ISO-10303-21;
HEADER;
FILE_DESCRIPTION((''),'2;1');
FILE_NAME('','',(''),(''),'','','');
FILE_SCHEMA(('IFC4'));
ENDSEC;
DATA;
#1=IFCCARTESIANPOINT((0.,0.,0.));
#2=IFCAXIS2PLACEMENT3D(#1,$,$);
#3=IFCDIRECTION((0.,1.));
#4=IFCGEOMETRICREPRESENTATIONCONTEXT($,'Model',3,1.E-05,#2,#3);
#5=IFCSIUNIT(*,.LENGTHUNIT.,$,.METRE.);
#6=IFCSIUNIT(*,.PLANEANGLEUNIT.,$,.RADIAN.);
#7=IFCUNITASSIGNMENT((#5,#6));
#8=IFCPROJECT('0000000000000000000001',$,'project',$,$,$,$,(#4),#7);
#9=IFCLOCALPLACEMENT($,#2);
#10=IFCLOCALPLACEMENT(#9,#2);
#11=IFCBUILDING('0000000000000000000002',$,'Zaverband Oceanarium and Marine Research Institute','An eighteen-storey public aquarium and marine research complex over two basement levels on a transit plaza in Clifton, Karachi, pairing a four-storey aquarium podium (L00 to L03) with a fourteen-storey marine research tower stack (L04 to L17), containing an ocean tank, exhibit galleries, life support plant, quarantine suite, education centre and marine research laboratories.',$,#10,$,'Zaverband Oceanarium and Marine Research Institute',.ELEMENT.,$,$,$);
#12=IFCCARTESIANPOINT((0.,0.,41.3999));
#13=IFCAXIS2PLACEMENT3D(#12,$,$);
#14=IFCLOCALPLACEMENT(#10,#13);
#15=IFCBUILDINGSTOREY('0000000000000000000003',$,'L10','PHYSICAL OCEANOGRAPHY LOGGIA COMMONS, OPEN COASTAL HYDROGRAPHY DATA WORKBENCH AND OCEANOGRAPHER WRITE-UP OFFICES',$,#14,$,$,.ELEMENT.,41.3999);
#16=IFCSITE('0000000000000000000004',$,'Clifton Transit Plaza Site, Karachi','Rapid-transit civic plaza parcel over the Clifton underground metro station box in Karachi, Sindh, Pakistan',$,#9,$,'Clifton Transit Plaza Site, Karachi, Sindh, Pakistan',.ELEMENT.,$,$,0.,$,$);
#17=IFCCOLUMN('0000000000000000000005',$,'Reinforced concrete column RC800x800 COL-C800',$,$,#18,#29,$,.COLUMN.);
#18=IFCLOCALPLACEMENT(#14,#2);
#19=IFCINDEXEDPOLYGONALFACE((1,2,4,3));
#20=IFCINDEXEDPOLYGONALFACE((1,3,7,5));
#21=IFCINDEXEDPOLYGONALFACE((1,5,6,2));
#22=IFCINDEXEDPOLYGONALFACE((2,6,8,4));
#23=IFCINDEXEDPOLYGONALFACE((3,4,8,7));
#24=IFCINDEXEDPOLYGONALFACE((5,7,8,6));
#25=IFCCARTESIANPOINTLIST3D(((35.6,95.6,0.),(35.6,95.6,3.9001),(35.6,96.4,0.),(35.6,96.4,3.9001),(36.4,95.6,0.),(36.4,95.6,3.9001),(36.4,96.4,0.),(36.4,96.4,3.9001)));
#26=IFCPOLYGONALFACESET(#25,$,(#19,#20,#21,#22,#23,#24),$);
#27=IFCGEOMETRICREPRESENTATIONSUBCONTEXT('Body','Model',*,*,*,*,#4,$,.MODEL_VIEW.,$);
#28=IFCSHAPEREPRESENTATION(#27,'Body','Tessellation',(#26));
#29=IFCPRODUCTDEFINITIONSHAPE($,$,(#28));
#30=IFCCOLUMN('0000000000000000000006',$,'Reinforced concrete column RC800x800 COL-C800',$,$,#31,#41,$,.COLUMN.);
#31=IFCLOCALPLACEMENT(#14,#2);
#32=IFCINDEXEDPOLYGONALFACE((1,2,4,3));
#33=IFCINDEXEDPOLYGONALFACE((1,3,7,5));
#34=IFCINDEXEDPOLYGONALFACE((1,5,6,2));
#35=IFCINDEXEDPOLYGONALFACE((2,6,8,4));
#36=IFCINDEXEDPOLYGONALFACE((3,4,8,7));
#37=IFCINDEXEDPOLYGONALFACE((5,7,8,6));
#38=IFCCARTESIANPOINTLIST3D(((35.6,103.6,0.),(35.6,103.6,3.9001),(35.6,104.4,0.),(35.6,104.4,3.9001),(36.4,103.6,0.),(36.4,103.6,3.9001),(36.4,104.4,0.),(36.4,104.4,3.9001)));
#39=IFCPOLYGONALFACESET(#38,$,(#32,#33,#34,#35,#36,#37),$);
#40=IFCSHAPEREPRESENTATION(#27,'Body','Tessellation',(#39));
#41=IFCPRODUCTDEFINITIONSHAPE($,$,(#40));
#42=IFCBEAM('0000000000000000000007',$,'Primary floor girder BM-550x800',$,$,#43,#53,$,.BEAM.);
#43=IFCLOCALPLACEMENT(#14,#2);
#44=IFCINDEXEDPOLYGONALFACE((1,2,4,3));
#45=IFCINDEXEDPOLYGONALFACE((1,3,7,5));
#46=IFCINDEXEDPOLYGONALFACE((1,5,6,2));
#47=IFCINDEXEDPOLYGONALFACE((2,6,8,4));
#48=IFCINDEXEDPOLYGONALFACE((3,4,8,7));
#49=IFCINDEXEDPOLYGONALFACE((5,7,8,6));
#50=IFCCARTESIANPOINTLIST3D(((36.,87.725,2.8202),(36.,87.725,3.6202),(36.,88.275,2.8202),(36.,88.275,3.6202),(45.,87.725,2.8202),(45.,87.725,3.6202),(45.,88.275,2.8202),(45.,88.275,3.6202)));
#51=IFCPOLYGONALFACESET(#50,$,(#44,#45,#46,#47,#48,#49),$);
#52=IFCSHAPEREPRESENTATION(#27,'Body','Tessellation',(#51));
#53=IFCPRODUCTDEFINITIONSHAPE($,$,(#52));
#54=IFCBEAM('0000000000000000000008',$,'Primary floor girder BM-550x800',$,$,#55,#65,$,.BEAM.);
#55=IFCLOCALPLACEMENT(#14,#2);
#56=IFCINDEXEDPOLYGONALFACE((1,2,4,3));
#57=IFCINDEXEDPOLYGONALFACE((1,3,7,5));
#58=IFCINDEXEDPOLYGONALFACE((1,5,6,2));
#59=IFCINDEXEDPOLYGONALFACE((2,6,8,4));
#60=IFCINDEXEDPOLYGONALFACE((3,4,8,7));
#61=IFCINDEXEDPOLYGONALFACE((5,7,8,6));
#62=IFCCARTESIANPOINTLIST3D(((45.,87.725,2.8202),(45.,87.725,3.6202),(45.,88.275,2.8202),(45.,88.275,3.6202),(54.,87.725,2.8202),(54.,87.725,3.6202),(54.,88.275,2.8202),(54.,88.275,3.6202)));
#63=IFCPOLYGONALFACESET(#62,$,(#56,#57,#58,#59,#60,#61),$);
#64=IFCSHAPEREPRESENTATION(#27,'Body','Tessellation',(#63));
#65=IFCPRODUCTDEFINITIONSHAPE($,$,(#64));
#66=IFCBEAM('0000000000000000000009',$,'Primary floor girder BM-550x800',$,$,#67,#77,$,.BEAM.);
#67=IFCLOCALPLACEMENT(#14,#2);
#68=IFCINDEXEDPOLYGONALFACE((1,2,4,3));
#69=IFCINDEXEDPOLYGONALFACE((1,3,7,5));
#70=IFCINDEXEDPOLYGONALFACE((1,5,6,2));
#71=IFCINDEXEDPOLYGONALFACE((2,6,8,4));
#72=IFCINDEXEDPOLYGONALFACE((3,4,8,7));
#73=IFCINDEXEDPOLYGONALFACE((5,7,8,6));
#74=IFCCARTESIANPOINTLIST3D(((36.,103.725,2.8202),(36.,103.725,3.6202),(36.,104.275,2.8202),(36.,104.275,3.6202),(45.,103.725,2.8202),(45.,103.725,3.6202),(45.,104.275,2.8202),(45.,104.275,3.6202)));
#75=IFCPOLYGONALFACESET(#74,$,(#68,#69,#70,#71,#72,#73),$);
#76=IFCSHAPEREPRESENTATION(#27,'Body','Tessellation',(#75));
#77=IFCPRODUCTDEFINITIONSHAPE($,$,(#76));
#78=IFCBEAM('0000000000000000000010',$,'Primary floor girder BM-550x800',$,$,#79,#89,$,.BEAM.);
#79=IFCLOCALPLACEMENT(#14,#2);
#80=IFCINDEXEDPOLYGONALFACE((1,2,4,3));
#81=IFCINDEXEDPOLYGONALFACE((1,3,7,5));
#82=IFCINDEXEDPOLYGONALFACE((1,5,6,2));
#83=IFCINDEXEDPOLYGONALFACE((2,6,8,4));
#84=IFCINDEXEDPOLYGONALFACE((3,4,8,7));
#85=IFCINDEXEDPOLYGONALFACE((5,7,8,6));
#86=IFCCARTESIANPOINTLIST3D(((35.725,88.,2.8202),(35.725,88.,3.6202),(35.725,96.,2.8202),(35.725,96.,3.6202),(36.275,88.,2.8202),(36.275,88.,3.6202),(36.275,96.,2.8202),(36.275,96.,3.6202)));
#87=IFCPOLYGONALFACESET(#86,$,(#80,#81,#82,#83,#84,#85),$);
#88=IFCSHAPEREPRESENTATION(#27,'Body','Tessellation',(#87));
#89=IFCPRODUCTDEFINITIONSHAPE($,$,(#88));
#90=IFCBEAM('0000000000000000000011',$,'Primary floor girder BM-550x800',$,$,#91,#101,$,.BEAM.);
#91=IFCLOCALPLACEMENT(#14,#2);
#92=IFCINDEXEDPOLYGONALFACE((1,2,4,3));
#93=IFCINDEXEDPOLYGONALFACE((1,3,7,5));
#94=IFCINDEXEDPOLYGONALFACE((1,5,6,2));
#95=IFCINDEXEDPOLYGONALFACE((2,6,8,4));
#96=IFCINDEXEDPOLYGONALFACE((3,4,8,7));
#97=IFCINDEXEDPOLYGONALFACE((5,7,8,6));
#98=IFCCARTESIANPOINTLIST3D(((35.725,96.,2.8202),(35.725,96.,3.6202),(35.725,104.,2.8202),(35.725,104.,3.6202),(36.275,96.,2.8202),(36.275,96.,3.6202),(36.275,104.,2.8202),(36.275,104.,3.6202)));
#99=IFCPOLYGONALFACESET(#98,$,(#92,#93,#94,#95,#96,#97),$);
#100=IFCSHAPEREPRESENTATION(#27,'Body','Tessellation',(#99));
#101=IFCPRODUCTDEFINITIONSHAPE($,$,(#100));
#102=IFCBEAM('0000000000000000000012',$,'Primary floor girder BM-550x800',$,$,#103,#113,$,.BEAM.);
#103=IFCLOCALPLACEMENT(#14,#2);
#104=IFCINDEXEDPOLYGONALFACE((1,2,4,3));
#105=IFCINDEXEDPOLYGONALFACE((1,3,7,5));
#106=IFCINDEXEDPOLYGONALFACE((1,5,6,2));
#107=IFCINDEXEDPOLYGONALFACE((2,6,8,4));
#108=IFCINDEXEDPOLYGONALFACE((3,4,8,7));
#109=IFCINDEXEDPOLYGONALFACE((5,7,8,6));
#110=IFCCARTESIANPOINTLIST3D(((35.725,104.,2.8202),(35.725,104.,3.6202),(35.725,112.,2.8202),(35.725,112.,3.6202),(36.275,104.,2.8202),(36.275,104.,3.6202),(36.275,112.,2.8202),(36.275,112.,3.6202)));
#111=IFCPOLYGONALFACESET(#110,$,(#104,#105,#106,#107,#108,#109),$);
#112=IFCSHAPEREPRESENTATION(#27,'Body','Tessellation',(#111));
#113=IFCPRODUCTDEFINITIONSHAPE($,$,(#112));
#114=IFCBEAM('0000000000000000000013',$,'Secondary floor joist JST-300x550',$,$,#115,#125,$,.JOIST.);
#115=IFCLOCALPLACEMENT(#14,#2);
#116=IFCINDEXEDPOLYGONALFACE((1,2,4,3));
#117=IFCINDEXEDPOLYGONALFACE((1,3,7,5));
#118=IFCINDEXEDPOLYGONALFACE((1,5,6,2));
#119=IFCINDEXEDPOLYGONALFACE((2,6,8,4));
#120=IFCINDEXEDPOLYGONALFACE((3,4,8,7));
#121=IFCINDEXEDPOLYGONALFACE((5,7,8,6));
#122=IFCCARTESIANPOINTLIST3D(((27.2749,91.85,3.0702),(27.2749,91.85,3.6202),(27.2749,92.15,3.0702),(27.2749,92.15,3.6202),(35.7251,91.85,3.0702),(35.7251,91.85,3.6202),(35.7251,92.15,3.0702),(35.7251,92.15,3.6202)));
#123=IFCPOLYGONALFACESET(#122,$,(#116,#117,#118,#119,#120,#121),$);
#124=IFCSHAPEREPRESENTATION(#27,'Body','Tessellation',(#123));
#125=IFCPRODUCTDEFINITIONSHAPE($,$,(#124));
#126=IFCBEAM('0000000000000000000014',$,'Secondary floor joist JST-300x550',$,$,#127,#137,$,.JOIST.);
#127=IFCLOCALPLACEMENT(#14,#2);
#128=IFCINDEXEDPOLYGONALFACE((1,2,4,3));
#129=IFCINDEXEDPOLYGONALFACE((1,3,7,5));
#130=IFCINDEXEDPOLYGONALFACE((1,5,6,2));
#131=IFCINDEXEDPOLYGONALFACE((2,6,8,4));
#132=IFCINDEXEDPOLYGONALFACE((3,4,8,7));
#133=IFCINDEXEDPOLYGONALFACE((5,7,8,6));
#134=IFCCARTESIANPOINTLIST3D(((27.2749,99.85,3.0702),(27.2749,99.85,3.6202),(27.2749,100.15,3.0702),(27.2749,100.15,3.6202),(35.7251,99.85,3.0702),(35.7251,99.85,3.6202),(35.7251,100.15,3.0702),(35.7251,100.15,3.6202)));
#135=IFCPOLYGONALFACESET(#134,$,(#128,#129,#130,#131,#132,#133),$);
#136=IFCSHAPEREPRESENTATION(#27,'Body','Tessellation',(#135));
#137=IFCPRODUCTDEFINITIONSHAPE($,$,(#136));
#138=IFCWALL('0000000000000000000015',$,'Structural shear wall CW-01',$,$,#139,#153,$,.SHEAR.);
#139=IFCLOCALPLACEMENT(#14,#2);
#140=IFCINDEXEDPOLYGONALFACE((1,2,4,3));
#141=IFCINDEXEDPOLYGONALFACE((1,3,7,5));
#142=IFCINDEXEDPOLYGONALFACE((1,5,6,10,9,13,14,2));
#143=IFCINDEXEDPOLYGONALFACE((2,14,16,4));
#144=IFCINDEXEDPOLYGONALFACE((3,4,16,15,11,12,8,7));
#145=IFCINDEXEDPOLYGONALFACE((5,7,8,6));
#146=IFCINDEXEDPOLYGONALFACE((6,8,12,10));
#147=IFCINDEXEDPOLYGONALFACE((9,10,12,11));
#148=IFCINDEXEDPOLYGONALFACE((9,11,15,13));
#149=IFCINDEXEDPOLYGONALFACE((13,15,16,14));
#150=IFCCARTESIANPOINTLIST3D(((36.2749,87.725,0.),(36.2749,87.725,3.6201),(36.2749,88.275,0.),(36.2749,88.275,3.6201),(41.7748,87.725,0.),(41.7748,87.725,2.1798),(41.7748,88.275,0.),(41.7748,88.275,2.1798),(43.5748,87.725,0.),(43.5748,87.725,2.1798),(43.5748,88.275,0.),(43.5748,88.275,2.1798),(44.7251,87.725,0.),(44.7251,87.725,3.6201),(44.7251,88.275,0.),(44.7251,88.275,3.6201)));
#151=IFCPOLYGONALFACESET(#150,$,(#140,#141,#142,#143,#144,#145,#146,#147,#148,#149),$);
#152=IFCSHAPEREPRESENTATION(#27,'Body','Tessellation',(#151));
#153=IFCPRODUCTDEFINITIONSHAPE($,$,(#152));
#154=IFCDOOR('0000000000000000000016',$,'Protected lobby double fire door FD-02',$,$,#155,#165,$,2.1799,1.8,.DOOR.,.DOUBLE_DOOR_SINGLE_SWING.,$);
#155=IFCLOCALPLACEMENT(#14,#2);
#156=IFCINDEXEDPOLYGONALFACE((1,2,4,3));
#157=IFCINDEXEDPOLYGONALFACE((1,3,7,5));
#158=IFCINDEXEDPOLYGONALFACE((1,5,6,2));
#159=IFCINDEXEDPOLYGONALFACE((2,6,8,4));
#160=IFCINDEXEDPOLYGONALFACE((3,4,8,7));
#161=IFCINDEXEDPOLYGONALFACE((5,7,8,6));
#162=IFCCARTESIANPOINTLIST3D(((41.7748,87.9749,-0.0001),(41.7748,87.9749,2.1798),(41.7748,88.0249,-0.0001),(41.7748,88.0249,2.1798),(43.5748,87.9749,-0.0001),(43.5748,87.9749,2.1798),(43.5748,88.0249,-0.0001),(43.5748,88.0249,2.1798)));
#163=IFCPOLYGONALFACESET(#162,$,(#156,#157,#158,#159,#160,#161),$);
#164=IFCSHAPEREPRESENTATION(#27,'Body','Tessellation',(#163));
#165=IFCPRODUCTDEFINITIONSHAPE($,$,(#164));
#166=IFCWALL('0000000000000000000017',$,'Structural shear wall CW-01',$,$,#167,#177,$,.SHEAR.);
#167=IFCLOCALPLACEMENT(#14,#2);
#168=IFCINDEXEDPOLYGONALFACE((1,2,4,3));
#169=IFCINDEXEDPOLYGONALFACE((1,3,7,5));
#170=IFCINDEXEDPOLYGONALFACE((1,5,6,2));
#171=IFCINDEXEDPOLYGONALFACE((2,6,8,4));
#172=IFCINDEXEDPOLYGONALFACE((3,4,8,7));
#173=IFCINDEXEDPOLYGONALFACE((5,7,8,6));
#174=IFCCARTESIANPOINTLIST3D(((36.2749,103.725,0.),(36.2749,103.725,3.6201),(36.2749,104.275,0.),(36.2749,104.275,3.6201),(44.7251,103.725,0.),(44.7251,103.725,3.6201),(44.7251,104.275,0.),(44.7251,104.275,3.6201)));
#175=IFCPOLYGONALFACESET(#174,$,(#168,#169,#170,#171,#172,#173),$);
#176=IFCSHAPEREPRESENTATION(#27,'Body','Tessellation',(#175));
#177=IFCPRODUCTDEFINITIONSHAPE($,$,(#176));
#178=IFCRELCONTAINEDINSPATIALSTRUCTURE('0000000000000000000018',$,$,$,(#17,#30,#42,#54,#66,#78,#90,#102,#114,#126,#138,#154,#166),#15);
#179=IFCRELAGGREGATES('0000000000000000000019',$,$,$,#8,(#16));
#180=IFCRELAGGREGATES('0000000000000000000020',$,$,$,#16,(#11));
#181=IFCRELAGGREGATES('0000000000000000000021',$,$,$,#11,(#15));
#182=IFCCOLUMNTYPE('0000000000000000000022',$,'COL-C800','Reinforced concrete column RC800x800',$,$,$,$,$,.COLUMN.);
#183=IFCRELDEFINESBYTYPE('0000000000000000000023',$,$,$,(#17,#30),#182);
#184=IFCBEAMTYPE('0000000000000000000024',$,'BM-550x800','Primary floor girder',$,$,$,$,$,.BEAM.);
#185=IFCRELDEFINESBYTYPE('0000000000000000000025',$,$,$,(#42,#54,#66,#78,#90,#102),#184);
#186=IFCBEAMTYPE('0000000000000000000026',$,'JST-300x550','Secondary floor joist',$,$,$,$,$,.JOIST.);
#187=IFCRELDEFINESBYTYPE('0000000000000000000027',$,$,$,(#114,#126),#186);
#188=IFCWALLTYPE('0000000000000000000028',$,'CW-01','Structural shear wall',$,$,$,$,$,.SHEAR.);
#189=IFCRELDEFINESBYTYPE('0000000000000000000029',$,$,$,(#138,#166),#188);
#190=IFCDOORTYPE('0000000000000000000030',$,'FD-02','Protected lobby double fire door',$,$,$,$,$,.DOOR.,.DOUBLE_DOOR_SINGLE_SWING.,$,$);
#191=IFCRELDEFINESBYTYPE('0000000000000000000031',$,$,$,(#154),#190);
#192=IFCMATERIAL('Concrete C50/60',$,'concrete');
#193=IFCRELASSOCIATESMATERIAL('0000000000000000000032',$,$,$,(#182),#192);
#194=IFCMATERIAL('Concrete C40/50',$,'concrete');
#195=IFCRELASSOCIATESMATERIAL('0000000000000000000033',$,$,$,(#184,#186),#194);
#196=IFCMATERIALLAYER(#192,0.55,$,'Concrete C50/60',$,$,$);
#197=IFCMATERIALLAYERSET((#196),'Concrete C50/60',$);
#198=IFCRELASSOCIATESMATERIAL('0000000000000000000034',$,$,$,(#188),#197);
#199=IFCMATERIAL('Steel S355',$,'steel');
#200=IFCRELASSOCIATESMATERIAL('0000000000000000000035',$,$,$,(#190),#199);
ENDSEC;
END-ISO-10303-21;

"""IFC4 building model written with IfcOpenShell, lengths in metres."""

from ifc_helpers import new_model, si_unit, direction, frame, frame_2d, origin, origin_2d, place, context, subcontext, project, spatial, rectangle, extrude, material, layer, layer_set, material_profile, profile_set, type_object, element, fill, save


model = new_model("IFC4")

# Units and contexts
model_context = context("Model", 3, precision=1e-05, world=origin(), true_north=direction((0.0, 1.0)))
body_context = subcontext(model_context, "Body", "Model", "MODEL_VIEW")
ifc_project = project(units=[si_unit("LENGTHUNIT", "METRE"), si_unit("PLANEANGLEUNIT", "RADIAN")], contexts=[model_context])

# Site, building, storey
site_placement = place(None, origin())
site = spatial("IfcSite", under=ifc_project, at=site_placement, Name="Clifton Transit Plaza Site, Karachi", Description="Rapid-transit civic plaza parcel over the Clifton underground metro station box in Karachi, Sindh, Pakistan", LongName="Clifton Transit Plaza Site, Karachi, Sindh, Pakistan", CompositionType="ELEMENT", RefElevation=0.0)
building_placement = place(site_placement, origin())
building = spatial("IfcBuilding", under=site, at=building_placement, Name="Zaverband Oceanarium and Marine Research Institute", Description="An eighteen-storey public aquarium and marine research complex over two basement levels on a transit plaza in Clifton, Karachi, pairing a four-storey aquarium podium (L00 to L03) with a fourteen-storey marine research tower stack (L04 to L17), containing an ocean tank, exhibit galleries, life support plant, quarantine suite, education centre and marine research laboratories.", LongName="Zaverband Oceanarium and Marine Research Institute", CompositionType="ELEMENT")
storey_placement = place(building_placement, frame((0.0, 0.0, 41.3999)))
storey = spatial("IfcBuildingStorey", under=building, at=storey_placement, Name="L10", Description="PHYSICAL OCEANOGRAPHY LOGGIA COMMONS, OPEN COASTAL HYDROGRAPHY DATA WORKBENCH AND OCEANOGRAPHER WRITE-UP OFFICES", CompositionType="ELEMENT", Elevation=41.3999)

# Columns
ifc_material_1 = material(Name="Concrete C50/60", Category="concrete")
ifc_material_profile_1 = material_profile(ifc_material_1, rectangle(XDim=0.8, YDim=0.8, at=origin_2d()), Name="RC800x800")
ifc_profile_set_1 = profile_set([ifc_material_profile_1], Name="Concrete C50/60")
column_type = type_object("IfcColumnType", Name="COL-C800", Description="Reinforced concrete column RC800x800", PredefinedType="COLUMN", material=ifc_profile_set_1)
for number, where, z_axis, x_axis, name in (
    (1, (36.0, 96.0, 0.0), (0.0, 0.0, 1.0), (1.0, 0.0, 0.0), "Reinforced concrete column RC800x800 COL-C800"),
    (2, (36.0, 104.0, 0.0), (0.0, 0.0, 1.0), (1.0, 0.0, 0.0), "Reinforced concrete column RC800x800 COL-C800"),
):
    element("IfcColumn", number, at=place(storey_placement, frame(where, z_axis=z_axis, x_axis=x_axis)), inside=storey, type_object=column_type, Name=name, PredefinedType="COLUMN", context=body_context, shape_type="SweptSolid", body=[
        extrude(rectangle(XDim=0.8, YDim=0.8, at=origin_2d()), origin(), (0.0, 0.0, 1.0), 3.9001),
    ])

# Beams
ifc_material_2 = material(Name="Concrete C40/50", Category="concrete")
ifc_material_profile_2 = material_profile(ifc_material_2, rectangle(XDim=0.55, YDim=0.8, at=origin_2d()), Name="RC550x800")
ifc_profile_set_2 = profile_set([ifc_material_profile_2], Name="Concrete C40/50")
beam_type_1 = type_object("IfcBeamType", Name="BM-550x800", Description="Primary floor girder", PredefinedType="BEAM", material=ifc_profile_set_2)
for number, where, z_axis, x_axis, name in (
    (3, (36.0, 88.0, 3.2202), (1.0, 0.0, 0.0), (0.0, 1.0, 0.0), "Primary floor girder BM-550x800"),
    (4, (45.0, 88.0, 3.2202), (1.0, 0.0, 0.0), (0.0, 1.0, 0.0), "Primary floor girder BM-550x800"),
    (5, (36.0, 104.0, 3.2202), (1.0, 0.0, 0.0), (0.0, 1.0, 0.0), "Primary floor girder BM-550x800"),
):
    element("IfcBeam", number, at=place(storey_placement, frame(where, z_axis=z_axis, x_axis=x_axis)), inside=storey, type_object=beam_type_1, Name=name, PredefinedType="BEAM", context=body_context, shape_type="SweptSolid", body=[
        extrude(rectangle(XDim=0.55, YDim=0.8, at=origin_2d()), origin(), (0.0, 0.0, 1.0), 9.0),
    ])
for number, where, z_axis, x_axis, name in (
    (6, (36.0, 88.0, 3.2202), (0.0, 1.0, 0.0), (-1.0, 0.0, 0.0), "Primary floor girder BM-550x800"),
    (7, (36.0, 96.0, 3.2202), (0.0, 1.0, 0.0), (-1.0, 0.0, 0.0), "Primary floor girder BM-550x800"),
    (8, (36.0, 104.0, 3.2202), (0.0, 1.0, 0.0), (-1.0, 0.0, 0.0), "Primary floor girder BM-550x800"),
):
    element("IfcBeam", number, at=place(storey_placement, frame(where, z_axis=z_axis, x_axis=x_axis)), inside=storey, type_object=beam_type_1, Name=name, PredefinedType="BEAM", context=body_context, shape_type="SweptSolid", body=[
        extrude(rectangle(XDim=0.55, YDim=0.8, at=origin_2d()), origin(), (0.0, 0.0, 1.0), 8.0),
    ])
ifc_material_profile_3 = material_profile(ifc_material_2, rectangle(XDim=0.3, YDim=0.55, at=origin_2d()), Name="RC300x550")
ifc_profile_set_3 = profile_set([ifc_material_profile_3], Name="Concrete C40/50")
beam_type_2 = type_object("IfcBeamType", Name="JST-300x550", Description="Secondary floor joist", PredefinedType="JOIST", material=ifc_profile_set_3)
for number, where, z_axis, x_axis, name in (
    (9, (27.2749, 92.0, 3.3452), (1.0, 0.0, 0.0), (0.0, 1.0, 0.0), "Secondary floor joist JST-300x550"),
    (10, (27.2749, 100.0, 3.3452), (1.0, 0.0, 0.0), (0.0, 1.0, 0.0), "Secondary floor joist JST-300x550"),
):
    element("IfcBeam", number, at=place(storey_placement, frame(where, z_axis=z_axis, x_axis=x_axis)), inside=storey, type_object=beam_type_2, Name=name, PredefinedType="JOIST", context=body_context, shape_type="SweptSolid", body=[
        extrude(rectangle(XDim=0.3, YDim=0.55, at=origin_2d()), origin(), (0.0, 0.0, 1.0), 8.4502),
    ])

# Wall, opening, door
ifc_layer_1 = layer(ifc_material_1, 0.55, Name="Concrete C50/60")
ifc_layer_set_1 = layer_set([ifc_layer_1], Name="Concrete C50/60")
wall_type_1 = type_object("IfcWallType", Name="CW-01", Description="Structural shear wall", PredefinedType="SHEAR", material=ifc_layer_set_1)
wall_1_placement = place(storey_placement, frame((36.2749, 88.0, 0.0), z_axis=(0.0, 0.0, 1.0), x_axis=(1.0, 0.0, 0.0)))
wall_1 = element("IfcWall", 11, at=wall_1_placement, inside=storey, type_object=wall_type_1, Name="Structural shear wall CW-01", PredefinedType="SHEAR", context=body_context, shape_type="SweptSolid", body=[
    extrude(rectangle(XDim=8.4502, YDim=0.55, at=frame_2d((4.2251, 0.0))), origin(), (0.0, 0.0, 1.0), 3.6201),
])
opening_1_placement = place(wall_1_placement, frame((5.5, 0.0, 0.0)))
opening_1 = element("IfcOpeningElement", 12, at=opening_1_placement, cuts=wall_1, PredefinedType="OPENING", context=body_context, shape_type="SweptSolid", body=[
    extrude(rectangle(XDim=1.8, YDim=2.1799, at=frame_2d((0.8999, 1.0898))), frame((0.0, 0.2871, 0.0), z_axis=(0.0, -1.0, 0.0), x_axis=(1.0, 0.0, 0.0)), (0.0, 0.0, 1.0), 0.574),
])
ifc_material_3 = material(Name="Steel S355", Category="steel")
door_type_1 = type_object("IfcDoorType", Name="FD-02", Description="Protected lobby double fire door", OperationType="DOUBLE_DOOR_SINGLE_SWING", PredefinedType="DOOR", material=ifc_material_3)
door_1_placement = place(opening_1_placement, origin())
door_1 = element("IfcDoor", 13, at=door_1_placement, inside=storey, type_object=door_type_1, Name="Protected lobby double fire door FD-02", OperationType="DOUBLE_DOOR_SINGLE_SWING", OverallHeight=2.1799, OverallWidth=1.8, PredefinedType="DOOR", context=body_context, shape_type="SweptSolid", body=[
    extrude(rectangle(XDim=1.8, YDim=2.1799, at=frame_2d((0.8999, 1.0898))), frame((0.0, 0.0249, 0.0), z_axis=(0.0, -1.0, 0.0), x_axis=(1.0, 0.0, 0.0)), (0.0, 0.0, 1.0), 0.05),
])
fill(opening_1, door_1)

# Wall
wall_2_placement = place(storey_placement, frame((36.2749, 104.0, 0.0), z_axis=(0.0, 0.0, 1.0), x_axis=(1.0, 0.0, 0.0)))
element("IfcWall", 14, at=wall_2_placement, inside=storey, type_object=wall_type_1, Name="Structural shear wall CW-01", PredefinedType="SHEAR", context=body_context, shape_type="SweptSolid", body=[
    extrude(rectangle(XDim=8.4502, YDim=0.55, at=frame_2d((4.2251, 0.0))), origin(), (0.0, 0.0, 1.0), 3.6201),
])

save(model, "model.ifc")
